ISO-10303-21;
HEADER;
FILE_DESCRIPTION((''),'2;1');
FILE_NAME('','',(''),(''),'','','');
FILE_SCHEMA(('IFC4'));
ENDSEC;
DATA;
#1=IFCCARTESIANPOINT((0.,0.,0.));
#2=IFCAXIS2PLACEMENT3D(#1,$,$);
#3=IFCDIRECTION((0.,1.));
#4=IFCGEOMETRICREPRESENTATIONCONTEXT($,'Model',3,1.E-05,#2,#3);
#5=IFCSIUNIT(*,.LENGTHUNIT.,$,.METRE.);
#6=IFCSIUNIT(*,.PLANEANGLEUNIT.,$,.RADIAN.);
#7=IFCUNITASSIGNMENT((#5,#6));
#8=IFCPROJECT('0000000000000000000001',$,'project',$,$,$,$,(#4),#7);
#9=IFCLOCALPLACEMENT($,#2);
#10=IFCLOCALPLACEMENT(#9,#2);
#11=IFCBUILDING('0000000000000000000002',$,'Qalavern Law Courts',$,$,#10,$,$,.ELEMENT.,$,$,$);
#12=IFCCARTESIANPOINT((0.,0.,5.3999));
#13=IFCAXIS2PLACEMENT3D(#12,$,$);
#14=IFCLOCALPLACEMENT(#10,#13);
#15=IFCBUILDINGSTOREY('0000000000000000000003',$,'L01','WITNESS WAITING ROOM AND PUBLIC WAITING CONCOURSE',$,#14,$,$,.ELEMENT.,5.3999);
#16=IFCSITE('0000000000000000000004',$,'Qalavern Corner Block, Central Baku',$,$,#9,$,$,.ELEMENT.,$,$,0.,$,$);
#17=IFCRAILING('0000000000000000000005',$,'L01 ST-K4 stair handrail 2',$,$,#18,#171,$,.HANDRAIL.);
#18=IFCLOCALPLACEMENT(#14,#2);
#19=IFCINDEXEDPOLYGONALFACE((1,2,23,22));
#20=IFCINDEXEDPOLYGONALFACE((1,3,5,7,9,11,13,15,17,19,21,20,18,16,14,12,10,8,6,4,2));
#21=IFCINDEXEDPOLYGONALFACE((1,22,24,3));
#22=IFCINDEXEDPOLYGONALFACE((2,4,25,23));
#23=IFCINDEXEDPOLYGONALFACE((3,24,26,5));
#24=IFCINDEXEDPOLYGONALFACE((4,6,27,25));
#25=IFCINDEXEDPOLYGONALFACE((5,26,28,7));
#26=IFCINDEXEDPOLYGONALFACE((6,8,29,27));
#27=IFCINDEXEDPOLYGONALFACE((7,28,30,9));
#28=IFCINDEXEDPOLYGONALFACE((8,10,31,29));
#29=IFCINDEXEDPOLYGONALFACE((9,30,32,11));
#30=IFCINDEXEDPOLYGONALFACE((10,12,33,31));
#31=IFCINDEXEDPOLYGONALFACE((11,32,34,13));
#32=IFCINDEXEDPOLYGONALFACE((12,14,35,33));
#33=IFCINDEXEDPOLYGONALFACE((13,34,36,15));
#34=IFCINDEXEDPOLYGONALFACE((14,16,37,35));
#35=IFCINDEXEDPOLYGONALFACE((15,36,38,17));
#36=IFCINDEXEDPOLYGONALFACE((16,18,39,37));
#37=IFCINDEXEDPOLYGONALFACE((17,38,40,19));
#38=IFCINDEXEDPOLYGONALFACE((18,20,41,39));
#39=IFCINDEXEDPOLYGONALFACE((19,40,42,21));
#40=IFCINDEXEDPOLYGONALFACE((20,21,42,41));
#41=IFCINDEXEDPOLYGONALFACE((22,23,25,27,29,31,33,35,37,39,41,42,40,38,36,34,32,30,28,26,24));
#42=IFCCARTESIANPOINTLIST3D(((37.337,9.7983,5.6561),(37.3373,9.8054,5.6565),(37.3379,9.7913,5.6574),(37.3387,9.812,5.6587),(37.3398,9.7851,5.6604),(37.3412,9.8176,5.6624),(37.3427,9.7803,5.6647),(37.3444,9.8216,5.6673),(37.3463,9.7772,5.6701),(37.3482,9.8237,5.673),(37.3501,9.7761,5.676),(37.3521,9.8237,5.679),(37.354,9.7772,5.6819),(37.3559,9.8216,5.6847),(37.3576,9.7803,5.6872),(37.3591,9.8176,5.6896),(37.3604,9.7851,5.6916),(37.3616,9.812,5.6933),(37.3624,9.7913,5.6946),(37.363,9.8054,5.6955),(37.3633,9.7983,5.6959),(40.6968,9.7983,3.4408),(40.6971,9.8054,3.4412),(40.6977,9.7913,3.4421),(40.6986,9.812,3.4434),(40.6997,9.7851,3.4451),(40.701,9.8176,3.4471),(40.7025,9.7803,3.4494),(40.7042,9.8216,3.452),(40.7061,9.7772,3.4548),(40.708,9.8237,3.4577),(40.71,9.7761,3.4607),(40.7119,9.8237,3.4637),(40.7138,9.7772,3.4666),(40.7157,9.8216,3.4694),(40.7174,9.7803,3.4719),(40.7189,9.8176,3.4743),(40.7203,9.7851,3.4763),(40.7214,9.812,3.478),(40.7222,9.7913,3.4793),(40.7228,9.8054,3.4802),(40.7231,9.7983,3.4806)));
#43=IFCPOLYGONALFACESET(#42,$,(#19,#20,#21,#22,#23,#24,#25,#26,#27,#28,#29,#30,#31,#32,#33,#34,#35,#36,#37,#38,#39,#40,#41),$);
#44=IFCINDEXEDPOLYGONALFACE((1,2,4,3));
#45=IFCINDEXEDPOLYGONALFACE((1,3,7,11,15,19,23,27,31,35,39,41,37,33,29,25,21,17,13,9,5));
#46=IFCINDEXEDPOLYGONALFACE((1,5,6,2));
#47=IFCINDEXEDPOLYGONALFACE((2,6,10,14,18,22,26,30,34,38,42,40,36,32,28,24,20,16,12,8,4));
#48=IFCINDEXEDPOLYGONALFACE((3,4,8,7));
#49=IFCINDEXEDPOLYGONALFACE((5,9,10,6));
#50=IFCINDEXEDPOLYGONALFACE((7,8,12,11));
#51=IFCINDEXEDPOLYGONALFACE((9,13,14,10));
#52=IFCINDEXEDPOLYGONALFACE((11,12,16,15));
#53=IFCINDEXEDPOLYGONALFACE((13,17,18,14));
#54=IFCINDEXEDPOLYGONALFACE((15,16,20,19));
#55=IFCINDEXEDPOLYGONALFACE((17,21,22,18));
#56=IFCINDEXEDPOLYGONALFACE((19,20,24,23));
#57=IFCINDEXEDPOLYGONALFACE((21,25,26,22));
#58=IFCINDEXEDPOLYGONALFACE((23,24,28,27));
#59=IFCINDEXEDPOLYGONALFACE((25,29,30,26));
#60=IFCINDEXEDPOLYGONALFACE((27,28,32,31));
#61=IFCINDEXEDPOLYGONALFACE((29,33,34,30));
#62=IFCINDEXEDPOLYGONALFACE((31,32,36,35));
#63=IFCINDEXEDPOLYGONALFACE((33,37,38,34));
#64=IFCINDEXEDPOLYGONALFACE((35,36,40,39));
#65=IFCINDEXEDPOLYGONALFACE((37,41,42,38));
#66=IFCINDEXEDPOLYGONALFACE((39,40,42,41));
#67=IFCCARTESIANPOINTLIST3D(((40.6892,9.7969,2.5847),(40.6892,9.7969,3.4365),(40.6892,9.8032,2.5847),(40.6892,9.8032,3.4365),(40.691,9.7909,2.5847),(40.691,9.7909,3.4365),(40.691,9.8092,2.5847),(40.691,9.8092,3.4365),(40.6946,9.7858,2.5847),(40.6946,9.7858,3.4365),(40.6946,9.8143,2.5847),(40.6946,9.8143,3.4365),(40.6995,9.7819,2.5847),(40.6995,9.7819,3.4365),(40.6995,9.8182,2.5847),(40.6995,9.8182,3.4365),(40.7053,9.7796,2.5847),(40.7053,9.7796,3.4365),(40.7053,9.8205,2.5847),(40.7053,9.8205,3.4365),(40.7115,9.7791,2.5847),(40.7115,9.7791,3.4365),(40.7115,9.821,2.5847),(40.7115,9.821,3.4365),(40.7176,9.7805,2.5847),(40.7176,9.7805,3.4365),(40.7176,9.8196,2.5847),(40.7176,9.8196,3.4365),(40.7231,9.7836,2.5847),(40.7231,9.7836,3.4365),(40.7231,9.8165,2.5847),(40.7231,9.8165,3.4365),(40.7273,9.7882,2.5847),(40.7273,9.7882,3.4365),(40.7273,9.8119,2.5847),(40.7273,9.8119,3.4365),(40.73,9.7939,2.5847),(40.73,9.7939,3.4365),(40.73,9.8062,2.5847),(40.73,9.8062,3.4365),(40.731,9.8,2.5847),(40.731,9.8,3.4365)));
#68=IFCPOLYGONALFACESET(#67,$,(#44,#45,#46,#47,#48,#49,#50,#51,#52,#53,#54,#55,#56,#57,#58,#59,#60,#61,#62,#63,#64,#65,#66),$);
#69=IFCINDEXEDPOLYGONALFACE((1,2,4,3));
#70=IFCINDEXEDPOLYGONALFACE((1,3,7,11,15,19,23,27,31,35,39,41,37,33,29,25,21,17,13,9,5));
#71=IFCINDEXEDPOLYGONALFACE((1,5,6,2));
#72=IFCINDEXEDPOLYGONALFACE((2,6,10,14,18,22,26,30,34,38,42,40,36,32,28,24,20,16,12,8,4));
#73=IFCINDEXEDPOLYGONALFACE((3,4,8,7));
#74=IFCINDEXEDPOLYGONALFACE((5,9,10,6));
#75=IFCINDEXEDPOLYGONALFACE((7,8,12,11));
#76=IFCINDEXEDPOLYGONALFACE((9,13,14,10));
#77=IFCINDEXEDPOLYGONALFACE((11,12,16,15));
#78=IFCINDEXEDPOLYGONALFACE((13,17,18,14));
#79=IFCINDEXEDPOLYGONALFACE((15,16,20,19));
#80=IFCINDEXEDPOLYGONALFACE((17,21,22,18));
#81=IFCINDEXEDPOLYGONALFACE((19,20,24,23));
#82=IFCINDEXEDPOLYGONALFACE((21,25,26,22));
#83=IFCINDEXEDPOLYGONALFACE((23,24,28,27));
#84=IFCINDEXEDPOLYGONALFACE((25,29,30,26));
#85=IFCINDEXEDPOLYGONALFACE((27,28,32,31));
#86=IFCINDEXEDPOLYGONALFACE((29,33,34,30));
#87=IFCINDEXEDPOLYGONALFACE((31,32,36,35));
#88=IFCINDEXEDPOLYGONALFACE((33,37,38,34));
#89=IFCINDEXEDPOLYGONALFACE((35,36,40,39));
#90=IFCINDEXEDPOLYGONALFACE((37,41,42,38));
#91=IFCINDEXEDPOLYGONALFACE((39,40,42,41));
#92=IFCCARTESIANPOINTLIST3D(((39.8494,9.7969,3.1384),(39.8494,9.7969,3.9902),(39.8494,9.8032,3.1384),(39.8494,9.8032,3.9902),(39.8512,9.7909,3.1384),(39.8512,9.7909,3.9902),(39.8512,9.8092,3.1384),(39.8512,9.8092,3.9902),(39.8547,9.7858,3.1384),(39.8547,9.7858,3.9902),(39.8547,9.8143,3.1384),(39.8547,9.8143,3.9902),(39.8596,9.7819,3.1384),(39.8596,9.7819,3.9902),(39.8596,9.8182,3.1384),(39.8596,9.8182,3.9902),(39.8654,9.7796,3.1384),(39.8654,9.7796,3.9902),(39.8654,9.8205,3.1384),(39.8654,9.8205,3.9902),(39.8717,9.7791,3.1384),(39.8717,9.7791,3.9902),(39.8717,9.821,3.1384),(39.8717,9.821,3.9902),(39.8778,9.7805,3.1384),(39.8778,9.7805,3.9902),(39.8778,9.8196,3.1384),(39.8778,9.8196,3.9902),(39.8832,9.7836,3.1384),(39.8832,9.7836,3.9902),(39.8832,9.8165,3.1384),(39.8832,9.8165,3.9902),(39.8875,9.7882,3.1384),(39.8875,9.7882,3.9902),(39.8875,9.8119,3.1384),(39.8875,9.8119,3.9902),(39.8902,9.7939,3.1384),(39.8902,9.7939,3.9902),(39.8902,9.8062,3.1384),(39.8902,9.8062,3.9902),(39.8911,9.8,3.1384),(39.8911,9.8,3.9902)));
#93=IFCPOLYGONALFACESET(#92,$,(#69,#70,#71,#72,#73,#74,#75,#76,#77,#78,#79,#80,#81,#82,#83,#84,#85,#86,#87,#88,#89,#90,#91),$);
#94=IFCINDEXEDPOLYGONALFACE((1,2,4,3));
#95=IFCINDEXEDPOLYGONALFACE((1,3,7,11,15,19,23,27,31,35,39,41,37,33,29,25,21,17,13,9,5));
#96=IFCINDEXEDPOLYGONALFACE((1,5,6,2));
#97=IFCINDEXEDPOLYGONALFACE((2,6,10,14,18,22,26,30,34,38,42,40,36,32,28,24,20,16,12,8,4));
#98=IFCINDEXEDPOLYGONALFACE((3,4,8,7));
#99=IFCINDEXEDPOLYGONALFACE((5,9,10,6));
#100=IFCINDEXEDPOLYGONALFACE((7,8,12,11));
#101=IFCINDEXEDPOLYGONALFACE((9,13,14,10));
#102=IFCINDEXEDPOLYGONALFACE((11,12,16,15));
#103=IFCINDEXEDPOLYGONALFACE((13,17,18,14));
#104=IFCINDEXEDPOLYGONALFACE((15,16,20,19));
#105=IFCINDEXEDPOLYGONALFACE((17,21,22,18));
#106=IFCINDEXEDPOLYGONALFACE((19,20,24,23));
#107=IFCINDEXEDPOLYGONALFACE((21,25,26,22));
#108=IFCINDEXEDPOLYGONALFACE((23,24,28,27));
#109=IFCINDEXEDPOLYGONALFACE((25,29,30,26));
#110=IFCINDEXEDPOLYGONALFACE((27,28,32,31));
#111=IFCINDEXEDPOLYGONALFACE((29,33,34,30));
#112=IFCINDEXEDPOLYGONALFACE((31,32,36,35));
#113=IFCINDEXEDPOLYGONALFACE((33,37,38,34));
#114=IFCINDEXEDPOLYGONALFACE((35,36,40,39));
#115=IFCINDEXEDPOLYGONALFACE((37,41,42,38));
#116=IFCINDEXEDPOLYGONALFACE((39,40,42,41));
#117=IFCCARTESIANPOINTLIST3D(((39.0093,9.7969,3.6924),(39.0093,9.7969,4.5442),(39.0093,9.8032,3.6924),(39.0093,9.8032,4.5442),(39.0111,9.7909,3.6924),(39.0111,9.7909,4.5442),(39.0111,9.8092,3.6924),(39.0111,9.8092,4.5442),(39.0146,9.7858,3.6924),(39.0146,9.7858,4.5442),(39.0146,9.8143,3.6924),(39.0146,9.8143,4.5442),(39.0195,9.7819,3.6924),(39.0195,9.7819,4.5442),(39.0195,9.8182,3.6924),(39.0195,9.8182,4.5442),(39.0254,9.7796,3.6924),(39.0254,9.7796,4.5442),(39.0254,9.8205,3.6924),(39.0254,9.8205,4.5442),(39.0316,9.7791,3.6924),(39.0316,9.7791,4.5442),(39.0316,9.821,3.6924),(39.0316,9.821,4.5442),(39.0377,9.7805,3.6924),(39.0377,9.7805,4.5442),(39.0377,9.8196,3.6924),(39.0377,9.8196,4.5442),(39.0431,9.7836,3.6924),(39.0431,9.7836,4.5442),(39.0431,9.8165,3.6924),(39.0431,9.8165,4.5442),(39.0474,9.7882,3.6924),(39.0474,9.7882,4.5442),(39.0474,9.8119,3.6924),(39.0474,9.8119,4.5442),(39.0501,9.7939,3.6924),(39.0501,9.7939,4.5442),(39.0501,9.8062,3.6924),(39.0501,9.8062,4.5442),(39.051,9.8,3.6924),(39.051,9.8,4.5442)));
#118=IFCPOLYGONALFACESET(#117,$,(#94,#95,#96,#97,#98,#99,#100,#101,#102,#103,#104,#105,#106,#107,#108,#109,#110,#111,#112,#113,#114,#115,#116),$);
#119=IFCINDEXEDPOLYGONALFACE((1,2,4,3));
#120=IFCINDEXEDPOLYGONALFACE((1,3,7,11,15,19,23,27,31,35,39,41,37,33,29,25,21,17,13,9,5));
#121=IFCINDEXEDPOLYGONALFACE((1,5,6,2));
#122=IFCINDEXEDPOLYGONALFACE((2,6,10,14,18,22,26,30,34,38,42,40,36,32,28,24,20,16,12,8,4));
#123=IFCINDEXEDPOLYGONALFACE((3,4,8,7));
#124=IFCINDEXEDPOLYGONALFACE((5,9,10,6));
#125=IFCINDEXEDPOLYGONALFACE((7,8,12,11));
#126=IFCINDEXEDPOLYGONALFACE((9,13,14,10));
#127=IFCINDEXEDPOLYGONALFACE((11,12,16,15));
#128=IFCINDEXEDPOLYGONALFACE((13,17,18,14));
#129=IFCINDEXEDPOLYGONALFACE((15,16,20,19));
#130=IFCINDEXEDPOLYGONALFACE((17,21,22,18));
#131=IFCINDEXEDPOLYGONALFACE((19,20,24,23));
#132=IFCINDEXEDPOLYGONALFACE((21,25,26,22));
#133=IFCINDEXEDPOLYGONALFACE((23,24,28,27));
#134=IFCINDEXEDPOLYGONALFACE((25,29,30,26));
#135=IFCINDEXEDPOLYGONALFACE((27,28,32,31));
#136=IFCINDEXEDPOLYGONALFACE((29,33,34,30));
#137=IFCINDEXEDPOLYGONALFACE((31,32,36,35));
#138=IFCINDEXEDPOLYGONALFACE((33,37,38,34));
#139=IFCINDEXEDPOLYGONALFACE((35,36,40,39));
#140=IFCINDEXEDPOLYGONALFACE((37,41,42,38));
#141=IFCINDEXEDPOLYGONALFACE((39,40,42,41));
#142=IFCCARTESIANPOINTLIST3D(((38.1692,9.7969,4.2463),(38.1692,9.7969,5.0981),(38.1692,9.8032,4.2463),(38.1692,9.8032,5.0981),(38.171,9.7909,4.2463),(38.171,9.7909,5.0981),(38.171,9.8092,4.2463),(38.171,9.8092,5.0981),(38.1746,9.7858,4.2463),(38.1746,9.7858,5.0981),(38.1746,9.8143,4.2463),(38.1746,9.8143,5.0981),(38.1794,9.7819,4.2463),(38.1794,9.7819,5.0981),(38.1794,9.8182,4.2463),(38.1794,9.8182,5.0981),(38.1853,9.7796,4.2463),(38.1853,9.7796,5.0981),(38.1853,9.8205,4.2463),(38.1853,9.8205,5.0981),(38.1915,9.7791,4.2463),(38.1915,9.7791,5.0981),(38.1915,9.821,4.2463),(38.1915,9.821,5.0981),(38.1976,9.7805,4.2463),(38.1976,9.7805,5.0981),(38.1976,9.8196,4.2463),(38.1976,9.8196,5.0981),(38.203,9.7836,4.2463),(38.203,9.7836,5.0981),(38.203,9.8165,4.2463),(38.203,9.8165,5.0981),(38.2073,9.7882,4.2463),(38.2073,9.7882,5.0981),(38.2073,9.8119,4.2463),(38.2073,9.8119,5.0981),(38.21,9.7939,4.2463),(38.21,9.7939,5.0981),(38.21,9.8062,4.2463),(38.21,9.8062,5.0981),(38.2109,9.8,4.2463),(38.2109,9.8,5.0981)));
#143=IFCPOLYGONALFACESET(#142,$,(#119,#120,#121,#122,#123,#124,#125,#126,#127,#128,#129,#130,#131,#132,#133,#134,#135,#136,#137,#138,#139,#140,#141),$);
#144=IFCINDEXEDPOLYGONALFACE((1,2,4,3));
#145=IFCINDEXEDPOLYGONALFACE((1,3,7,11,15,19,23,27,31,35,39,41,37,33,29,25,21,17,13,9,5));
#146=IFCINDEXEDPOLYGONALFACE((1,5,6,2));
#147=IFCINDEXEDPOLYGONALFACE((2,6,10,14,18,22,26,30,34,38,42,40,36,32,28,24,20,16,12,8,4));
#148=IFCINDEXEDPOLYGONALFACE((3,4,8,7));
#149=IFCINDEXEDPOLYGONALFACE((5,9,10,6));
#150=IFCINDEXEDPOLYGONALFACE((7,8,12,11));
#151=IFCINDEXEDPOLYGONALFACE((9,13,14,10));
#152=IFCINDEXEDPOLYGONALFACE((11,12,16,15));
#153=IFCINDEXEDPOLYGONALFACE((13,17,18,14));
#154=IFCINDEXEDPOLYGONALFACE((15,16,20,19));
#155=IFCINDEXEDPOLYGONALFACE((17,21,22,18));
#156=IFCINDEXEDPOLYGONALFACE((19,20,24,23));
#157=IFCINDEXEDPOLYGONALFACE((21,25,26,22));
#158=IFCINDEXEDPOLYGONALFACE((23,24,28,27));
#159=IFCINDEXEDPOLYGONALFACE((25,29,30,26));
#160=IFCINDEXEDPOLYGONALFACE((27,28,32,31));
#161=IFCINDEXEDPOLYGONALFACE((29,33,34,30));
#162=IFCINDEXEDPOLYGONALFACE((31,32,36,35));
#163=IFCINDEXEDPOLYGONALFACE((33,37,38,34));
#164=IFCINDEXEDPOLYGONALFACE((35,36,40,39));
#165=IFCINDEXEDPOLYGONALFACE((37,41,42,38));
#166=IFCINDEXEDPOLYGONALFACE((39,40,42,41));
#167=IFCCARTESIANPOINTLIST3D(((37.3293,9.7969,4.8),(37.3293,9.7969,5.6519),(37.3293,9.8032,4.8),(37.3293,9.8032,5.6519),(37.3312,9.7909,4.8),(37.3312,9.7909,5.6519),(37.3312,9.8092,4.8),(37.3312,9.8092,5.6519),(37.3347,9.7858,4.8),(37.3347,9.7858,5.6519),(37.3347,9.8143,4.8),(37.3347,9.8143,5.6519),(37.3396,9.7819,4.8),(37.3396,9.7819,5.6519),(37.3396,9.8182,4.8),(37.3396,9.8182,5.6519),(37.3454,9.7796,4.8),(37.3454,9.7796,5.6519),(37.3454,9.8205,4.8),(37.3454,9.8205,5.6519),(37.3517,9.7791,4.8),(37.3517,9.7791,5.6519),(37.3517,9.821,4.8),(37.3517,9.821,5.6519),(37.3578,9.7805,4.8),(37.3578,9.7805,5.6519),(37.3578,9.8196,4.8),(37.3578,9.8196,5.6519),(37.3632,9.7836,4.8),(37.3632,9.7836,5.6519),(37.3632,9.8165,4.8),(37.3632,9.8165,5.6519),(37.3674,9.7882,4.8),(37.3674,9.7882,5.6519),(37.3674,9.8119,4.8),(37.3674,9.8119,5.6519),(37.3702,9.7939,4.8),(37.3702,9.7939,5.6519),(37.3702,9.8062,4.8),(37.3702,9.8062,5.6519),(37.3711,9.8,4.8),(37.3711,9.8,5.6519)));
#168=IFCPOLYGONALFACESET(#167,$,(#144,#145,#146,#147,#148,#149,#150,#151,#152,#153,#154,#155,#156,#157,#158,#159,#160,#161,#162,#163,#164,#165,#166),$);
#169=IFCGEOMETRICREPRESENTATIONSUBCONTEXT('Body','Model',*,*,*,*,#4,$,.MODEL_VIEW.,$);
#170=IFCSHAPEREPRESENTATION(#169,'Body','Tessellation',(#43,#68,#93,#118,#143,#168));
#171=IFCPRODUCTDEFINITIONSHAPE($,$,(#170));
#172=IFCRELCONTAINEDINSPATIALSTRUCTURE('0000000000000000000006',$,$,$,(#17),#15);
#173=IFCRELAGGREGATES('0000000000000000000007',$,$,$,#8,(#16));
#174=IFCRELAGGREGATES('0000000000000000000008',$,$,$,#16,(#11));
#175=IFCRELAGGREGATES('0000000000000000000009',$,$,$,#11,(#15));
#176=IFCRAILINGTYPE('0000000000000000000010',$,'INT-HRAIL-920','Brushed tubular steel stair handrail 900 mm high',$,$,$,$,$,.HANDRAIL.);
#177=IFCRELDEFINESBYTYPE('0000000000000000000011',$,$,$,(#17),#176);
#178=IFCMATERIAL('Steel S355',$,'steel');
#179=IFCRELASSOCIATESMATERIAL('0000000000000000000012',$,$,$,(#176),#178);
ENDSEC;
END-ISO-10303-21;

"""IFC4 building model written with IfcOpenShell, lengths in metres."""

from ifc_helpers import new_model, si_unit, direction, frame, origin, origin_2d, place, context, subcontext, project, spatial, circle, extrude, material, type_object, element, save


model = new_model("IFC4")

# Units and contexts
model_context = context("Model", 3, precision=1e-05, world=origin(), true_north=direction((0.0, 1.0)))
body_context = subcontext(model_context, "Body", "Model", "MODEL_VIEW")
ifc_project = project(units=[si_unit("LENGTHUNIT", "METRE"), si_unit("PLANEANGLEUNIT", "RADIAN")], contexts=[model_context])

# Site, building, storey
site_placement = place(None, origin())
site = spatial("IfcSite", under=ifc_project, at=site_placement, Name="Qalavern Corner Block, Central Baku", CompositionType="ELEMENT", RefElevation=0.0)
building_placement = place(site_placement, origin())
building = spatial("IfcBuilding", under=site, at=building_placement, Name="Qalavern Law Courts", CompositionType="ELEMENT")
storey_placement = place(building_placement, frame((0.0, 0.0, 5.3999)))
storey = spatial("IfcBuildingStorey", under=building, at=storey_placement, Name="L01", Description="WITNESS WAITING ROOM AND PUBLIC WAITING CONCOURSE", CompositionType="ELEMENT", Elevation=5.3999)

# Shared definitions
ifc_material_1 = material(Name="Steel S355", Category="steel")

# Railing
railing_type_1 = type_object("IfcRailingType", Name="INT-HRAIL-920", Description="Brushed tubular steel stair handrail 900 mm high", PredefinedType="HANDRAIL", material=ifc_material_1)
railing_1_placement = place(storey_placement, frame((40.71, 9.8, 2.5847)))
element("IfcRailing", 1, at=railing_1_placement, inside=storey, type_object=railing_type_1, Name="L01 ST-K4 stair handrail 2", PredefinedType="HANDRAIL", context=body_context, shape_type="SweptSolid", body=[
    extrude(circle(Radius=0.0239, at=origin_2d()), frame((0.0, 0.0, 0.876), z_axis=(-0.834858, 0.0, 0.550465), x_axis=(0.0, -1.0, 0.0)), (0.0, 0.0, 1.0), 4.0244),
    extrude(circle(Radius=0.021, at=origin_2d()), origin(), (0.0, 0.0, 1.0), 0.8518),
    extrude(circle(Radius=0.021, at=origin_2d()), frame((-0.8398, 0.0, 0.5537)), (0.0, 0.0, 1.0), 0.8518),
    extrude(circle(Radius=0.021, at=origin_2d()), frame((-1.6799, 0.0, 1.1077)), (0.0, 0.0, 1.0), 0.8518),
    extrude(circle(Radius=0.021, at=origin_2d()), frame((-2.52, 0.0, 1.6616)), (0.0, 0.0, 1.0), 0.8518),
    extrude(circle(Radius=0.021, at=origin_2d()), frame((-3.3599, 0.0, 2.2153)), (0.0, 0.0, 1.0), 0.8518),
])

save(model, "model.ifc")
